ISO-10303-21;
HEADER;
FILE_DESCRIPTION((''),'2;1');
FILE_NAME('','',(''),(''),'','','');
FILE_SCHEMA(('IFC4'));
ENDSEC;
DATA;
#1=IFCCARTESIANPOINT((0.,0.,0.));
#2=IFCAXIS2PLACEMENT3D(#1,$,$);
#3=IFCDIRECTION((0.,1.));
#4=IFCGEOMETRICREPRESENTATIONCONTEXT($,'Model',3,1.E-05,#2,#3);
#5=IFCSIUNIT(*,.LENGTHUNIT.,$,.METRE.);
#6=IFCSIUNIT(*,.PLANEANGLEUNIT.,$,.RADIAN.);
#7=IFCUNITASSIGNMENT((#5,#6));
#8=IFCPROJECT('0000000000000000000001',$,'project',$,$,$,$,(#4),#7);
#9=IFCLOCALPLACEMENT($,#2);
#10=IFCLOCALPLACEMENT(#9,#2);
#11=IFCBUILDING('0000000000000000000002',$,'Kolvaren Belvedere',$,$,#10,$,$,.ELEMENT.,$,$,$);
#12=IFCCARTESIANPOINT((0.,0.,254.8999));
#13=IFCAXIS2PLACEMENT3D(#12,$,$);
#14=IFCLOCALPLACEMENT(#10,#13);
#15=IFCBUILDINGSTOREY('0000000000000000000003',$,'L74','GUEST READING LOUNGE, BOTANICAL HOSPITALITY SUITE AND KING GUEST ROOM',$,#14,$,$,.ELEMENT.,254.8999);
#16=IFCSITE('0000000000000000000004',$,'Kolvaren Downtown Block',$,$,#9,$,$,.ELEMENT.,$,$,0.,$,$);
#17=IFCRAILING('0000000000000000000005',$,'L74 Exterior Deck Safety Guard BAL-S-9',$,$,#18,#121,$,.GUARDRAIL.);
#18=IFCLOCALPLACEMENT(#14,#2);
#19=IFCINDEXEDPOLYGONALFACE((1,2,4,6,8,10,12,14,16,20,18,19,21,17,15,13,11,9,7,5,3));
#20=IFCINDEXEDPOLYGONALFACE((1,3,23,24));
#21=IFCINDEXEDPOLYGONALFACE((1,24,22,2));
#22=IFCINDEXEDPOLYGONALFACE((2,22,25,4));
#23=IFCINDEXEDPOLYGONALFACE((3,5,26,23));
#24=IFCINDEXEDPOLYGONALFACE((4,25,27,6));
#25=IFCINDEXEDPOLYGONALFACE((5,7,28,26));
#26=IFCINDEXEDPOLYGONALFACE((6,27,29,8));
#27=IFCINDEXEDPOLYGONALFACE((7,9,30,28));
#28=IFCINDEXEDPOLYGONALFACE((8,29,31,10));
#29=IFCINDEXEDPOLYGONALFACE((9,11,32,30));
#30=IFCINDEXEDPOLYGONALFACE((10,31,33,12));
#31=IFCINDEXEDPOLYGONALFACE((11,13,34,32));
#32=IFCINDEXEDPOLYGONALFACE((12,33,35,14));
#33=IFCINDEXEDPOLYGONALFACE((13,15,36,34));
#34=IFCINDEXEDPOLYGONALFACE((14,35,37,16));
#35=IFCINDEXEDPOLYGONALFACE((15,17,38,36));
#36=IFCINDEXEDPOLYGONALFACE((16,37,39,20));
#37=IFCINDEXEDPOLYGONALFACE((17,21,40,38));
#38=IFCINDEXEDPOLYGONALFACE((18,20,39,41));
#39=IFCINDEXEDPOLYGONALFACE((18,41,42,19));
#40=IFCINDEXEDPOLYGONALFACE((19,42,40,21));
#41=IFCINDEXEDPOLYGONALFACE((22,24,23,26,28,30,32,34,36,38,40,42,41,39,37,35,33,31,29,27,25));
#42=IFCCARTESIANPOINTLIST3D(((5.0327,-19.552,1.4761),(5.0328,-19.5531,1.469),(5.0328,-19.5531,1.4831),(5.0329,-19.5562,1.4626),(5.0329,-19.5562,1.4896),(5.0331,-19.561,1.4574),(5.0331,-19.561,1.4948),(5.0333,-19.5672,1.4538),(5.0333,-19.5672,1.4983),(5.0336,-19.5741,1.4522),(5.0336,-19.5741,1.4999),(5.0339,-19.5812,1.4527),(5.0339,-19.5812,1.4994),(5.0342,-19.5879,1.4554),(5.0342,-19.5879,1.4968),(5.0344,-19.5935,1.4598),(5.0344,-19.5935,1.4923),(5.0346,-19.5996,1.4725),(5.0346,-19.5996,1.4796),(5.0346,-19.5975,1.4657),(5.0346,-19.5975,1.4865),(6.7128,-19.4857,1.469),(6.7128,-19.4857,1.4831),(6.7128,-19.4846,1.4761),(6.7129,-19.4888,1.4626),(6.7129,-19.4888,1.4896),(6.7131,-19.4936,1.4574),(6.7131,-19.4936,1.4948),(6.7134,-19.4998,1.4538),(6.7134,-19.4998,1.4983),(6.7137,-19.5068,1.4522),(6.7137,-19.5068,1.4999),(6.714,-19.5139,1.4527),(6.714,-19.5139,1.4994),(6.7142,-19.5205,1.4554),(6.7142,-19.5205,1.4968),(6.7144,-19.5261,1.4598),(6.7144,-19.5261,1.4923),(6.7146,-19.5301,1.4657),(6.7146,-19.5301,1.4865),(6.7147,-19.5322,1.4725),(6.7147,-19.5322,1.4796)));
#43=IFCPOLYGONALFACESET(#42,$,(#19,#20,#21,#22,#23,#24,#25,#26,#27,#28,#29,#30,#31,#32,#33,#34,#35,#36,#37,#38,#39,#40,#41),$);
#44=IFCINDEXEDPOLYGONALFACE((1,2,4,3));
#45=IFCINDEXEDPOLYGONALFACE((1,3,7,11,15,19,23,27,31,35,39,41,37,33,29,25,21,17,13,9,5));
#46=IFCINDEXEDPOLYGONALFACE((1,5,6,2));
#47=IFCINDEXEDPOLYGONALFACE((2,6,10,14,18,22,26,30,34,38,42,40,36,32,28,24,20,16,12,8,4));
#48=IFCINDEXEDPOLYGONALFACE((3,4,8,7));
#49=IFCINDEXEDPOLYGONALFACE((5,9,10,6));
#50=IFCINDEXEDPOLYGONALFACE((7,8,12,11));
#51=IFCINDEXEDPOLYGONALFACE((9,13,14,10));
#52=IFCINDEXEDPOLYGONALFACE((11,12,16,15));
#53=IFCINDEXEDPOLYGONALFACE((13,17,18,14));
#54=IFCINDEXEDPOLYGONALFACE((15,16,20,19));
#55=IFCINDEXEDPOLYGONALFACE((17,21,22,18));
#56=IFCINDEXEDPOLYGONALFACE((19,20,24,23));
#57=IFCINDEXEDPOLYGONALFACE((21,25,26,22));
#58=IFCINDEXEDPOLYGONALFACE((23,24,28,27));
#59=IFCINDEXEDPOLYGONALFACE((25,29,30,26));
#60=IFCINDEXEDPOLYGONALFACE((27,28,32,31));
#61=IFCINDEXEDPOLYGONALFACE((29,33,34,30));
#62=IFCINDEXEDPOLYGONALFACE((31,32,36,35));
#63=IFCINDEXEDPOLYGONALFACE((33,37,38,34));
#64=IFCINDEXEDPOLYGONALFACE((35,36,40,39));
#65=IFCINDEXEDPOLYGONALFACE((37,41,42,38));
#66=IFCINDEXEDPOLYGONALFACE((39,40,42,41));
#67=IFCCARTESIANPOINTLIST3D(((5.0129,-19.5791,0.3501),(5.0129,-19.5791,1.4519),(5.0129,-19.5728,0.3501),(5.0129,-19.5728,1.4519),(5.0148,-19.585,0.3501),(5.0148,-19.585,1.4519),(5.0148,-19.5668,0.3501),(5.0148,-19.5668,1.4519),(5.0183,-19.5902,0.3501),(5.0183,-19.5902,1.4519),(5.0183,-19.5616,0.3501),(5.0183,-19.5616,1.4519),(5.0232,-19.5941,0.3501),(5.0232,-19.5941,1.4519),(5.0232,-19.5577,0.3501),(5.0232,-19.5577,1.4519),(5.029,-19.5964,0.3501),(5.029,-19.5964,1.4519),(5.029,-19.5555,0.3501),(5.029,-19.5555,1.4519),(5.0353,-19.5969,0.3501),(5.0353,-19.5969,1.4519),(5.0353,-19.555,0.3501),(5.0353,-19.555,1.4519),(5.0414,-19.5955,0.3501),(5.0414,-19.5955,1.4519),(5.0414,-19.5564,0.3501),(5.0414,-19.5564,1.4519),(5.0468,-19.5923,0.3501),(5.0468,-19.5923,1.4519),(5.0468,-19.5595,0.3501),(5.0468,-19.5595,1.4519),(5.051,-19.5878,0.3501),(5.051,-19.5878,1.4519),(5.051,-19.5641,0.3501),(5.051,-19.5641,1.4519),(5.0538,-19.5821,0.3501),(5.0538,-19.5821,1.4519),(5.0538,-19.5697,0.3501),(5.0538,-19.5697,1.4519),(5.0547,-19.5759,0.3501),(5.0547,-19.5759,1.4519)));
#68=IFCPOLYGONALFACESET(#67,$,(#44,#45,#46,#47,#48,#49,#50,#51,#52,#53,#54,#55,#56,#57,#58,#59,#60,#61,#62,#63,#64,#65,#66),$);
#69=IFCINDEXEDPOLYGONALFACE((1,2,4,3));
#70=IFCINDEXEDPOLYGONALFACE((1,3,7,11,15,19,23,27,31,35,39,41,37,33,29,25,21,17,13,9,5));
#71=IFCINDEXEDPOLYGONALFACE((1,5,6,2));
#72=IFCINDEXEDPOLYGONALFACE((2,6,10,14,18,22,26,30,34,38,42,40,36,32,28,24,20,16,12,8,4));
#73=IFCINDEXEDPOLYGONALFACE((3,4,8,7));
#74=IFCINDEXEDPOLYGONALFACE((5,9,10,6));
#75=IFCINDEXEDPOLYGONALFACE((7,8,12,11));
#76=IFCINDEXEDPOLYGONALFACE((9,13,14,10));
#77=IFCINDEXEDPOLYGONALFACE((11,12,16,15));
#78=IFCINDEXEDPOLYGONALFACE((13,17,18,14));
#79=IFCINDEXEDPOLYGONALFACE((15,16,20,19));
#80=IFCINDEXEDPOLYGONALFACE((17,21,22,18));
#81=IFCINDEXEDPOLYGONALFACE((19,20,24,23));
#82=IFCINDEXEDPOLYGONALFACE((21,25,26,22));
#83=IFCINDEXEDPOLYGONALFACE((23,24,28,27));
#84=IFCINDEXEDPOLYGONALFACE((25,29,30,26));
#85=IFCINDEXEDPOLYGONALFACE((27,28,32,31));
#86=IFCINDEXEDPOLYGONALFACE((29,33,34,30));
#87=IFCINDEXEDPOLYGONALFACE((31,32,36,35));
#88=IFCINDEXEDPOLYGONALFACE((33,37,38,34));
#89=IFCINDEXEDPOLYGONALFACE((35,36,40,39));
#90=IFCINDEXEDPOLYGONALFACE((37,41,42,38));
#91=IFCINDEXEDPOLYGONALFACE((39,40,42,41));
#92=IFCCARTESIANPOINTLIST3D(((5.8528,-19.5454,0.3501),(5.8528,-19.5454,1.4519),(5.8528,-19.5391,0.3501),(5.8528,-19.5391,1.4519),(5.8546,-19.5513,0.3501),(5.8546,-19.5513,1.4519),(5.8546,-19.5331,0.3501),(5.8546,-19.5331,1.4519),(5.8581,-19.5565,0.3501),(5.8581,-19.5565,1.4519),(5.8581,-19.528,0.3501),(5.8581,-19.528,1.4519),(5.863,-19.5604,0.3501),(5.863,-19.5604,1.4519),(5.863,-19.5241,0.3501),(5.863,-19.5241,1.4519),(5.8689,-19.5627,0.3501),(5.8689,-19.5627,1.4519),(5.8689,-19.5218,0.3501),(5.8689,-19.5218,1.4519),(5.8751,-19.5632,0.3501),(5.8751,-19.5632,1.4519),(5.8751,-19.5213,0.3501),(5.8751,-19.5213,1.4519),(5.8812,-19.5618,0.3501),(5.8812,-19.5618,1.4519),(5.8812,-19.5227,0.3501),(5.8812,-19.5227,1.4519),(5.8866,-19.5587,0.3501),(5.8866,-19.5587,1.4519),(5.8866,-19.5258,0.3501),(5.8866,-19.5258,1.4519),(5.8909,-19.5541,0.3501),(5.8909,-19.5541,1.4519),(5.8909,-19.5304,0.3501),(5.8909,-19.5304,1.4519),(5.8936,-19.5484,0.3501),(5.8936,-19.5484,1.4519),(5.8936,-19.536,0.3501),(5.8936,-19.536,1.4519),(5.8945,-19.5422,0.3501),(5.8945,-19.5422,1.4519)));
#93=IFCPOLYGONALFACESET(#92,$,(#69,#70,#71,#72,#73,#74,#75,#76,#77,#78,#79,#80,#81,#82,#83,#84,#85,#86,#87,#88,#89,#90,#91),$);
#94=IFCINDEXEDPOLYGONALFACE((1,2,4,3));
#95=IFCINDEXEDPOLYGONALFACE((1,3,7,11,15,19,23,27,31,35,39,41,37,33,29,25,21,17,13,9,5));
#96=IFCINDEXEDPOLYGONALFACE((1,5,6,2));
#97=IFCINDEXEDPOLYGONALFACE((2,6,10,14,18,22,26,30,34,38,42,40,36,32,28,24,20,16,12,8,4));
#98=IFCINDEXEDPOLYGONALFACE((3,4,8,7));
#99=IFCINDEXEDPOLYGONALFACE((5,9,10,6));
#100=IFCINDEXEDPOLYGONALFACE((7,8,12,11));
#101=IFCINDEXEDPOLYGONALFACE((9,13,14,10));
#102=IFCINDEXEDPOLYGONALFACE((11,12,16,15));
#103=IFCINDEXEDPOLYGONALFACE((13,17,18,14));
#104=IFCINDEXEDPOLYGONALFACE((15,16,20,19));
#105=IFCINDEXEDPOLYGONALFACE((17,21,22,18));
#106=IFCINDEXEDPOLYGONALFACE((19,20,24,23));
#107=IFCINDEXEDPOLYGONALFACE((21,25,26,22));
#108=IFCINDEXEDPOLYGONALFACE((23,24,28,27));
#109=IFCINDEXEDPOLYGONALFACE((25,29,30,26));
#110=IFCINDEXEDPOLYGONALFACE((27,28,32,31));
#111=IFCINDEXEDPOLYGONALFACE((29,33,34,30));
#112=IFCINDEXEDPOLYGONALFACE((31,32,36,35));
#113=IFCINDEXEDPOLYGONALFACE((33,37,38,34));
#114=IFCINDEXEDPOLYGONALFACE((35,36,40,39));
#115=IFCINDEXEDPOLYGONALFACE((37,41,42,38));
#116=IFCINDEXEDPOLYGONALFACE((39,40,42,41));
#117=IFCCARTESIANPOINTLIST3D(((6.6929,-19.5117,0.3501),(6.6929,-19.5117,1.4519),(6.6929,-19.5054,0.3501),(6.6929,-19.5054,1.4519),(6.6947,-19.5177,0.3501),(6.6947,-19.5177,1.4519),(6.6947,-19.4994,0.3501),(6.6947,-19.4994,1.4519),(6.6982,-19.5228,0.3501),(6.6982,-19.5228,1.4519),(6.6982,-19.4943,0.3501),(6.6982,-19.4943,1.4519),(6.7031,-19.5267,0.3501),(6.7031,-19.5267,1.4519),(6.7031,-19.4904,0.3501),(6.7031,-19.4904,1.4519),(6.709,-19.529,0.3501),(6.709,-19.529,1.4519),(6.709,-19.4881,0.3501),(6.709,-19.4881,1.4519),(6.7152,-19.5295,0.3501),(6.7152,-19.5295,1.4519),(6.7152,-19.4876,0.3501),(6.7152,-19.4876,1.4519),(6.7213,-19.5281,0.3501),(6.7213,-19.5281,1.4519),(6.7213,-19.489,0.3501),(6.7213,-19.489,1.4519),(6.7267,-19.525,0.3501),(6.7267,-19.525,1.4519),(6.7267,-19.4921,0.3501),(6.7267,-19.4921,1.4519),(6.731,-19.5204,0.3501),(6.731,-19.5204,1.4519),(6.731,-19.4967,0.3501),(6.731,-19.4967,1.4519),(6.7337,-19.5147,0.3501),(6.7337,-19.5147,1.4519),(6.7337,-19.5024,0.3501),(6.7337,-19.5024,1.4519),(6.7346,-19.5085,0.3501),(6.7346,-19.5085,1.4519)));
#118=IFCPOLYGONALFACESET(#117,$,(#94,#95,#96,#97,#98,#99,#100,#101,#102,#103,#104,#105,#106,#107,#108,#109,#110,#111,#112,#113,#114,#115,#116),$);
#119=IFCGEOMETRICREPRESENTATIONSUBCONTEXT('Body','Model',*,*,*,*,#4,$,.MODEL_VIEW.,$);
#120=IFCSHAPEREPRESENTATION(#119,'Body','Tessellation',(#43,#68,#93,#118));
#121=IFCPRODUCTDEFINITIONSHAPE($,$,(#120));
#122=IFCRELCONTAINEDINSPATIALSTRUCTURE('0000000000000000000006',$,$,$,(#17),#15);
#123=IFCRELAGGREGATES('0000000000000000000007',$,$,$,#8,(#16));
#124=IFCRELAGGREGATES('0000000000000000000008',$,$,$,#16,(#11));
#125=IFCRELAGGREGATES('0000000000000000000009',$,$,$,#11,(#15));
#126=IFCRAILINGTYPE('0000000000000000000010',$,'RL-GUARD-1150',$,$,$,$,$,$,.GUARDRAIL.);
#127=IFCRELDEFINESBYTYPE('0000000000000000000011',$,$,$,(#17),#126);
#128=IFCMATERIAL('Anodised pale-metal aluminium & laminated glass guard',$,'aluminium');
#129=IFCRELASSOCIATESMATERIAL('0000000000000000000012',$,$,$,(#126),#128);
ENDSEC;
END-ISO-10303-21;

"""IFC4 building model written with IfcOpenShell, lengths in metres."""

from ifc_helpers import new_model, si_unit, direction, frame, origin, origin_2d, place, context, subcontext, project, spatial, circle, extrude, material, type_object, element, save


model = new_model("IFC4")

# Units and contexts
model_context = context("Model", 3, precision=1e-05, world=origin(), true_north=direction((0.0, 1.0)))
body_context = subcontext(model_context, "Body", "Model", "MODEL_VIEW")
ifc_project = project(units=[si_unit("LENGTHUNIT", "METRE"), si_unit("PLANEANGLEUNIT", "RADIAN")], contexts=[model_context])

# Site, building, storey
site_placement = place(None, origin())
site = spatial("IfcSite", under=ifc_project, at=site_placement, Name="Kolvaren Downtown Block", CompositionType="ELEMENT", RefElevation=0.0)
building_placement = place(site_placement, origin())
building = spatial("IfcBuilding", under=site, at=building_placement, Name="Kolvaren Belvedere", CompositionType="ELEMENT")
storey_placement = place(building_placement, frame((0.0, 0.0, 254.8999)))
storey = spatial("IfcBuildingStorey", under=building, at=storey_placement, Name="L74", Description="GUEST READING LOUNGE, BOTANICAL HOSPITALITY SUITE AND KING GUEST ROOM", CompositionType="ELEMENT", Elevation=254.8999)

# Railing
ifc_material_1 = material(Name="Anodised pale-metal aluminium & laminated glass guard", Category="aluminium")
railing_type = type_object("IfcRailingType", Name="RL-GUARD-1150", PredefinedType="GUARDRAIL", material=ifc_material_1)
railing_1_placement = place(storey_placement, frame((5.0337, -19.5759, 0.3501)))
element("IfcRailing", 1, at=railing_1_placement, inside=storey, type_object=railing_type, Name="L74 Exterior Deck Safety Guard BAL-S-9", PredefinedType="GUARDRAIL", context=body_context, shape_type="SweptSolid", body=[
    extrude(circle(Radius=0.0239, at=origin_2d()), frame((0.0, 0.0, 1.126), z_axis=(0.999197, 0.040078, 0.0), x_axis=(-0.040078, 0.999197, 0.0)), (0.0, 0.0, 1.0), 1.6814),
    extrude(circle(Radius=0.021, at=origin_2d()), origin(), (0.0, 0.0, 1.0), 1.1018),
    extrude(circle(Radius=0.021, at=origin_2d()), frame((0.8398, 0.0337, 0.0)), (0.0, 0.0, 1.0), 1.1018),
    extrude(circle(Radius=0.021, at=origin_2d()), frame((1.6799, 0.0674, 0.0)), (0.0, 0.0, 1.0), 1.1018),
])

save(model, "model.ifc")
